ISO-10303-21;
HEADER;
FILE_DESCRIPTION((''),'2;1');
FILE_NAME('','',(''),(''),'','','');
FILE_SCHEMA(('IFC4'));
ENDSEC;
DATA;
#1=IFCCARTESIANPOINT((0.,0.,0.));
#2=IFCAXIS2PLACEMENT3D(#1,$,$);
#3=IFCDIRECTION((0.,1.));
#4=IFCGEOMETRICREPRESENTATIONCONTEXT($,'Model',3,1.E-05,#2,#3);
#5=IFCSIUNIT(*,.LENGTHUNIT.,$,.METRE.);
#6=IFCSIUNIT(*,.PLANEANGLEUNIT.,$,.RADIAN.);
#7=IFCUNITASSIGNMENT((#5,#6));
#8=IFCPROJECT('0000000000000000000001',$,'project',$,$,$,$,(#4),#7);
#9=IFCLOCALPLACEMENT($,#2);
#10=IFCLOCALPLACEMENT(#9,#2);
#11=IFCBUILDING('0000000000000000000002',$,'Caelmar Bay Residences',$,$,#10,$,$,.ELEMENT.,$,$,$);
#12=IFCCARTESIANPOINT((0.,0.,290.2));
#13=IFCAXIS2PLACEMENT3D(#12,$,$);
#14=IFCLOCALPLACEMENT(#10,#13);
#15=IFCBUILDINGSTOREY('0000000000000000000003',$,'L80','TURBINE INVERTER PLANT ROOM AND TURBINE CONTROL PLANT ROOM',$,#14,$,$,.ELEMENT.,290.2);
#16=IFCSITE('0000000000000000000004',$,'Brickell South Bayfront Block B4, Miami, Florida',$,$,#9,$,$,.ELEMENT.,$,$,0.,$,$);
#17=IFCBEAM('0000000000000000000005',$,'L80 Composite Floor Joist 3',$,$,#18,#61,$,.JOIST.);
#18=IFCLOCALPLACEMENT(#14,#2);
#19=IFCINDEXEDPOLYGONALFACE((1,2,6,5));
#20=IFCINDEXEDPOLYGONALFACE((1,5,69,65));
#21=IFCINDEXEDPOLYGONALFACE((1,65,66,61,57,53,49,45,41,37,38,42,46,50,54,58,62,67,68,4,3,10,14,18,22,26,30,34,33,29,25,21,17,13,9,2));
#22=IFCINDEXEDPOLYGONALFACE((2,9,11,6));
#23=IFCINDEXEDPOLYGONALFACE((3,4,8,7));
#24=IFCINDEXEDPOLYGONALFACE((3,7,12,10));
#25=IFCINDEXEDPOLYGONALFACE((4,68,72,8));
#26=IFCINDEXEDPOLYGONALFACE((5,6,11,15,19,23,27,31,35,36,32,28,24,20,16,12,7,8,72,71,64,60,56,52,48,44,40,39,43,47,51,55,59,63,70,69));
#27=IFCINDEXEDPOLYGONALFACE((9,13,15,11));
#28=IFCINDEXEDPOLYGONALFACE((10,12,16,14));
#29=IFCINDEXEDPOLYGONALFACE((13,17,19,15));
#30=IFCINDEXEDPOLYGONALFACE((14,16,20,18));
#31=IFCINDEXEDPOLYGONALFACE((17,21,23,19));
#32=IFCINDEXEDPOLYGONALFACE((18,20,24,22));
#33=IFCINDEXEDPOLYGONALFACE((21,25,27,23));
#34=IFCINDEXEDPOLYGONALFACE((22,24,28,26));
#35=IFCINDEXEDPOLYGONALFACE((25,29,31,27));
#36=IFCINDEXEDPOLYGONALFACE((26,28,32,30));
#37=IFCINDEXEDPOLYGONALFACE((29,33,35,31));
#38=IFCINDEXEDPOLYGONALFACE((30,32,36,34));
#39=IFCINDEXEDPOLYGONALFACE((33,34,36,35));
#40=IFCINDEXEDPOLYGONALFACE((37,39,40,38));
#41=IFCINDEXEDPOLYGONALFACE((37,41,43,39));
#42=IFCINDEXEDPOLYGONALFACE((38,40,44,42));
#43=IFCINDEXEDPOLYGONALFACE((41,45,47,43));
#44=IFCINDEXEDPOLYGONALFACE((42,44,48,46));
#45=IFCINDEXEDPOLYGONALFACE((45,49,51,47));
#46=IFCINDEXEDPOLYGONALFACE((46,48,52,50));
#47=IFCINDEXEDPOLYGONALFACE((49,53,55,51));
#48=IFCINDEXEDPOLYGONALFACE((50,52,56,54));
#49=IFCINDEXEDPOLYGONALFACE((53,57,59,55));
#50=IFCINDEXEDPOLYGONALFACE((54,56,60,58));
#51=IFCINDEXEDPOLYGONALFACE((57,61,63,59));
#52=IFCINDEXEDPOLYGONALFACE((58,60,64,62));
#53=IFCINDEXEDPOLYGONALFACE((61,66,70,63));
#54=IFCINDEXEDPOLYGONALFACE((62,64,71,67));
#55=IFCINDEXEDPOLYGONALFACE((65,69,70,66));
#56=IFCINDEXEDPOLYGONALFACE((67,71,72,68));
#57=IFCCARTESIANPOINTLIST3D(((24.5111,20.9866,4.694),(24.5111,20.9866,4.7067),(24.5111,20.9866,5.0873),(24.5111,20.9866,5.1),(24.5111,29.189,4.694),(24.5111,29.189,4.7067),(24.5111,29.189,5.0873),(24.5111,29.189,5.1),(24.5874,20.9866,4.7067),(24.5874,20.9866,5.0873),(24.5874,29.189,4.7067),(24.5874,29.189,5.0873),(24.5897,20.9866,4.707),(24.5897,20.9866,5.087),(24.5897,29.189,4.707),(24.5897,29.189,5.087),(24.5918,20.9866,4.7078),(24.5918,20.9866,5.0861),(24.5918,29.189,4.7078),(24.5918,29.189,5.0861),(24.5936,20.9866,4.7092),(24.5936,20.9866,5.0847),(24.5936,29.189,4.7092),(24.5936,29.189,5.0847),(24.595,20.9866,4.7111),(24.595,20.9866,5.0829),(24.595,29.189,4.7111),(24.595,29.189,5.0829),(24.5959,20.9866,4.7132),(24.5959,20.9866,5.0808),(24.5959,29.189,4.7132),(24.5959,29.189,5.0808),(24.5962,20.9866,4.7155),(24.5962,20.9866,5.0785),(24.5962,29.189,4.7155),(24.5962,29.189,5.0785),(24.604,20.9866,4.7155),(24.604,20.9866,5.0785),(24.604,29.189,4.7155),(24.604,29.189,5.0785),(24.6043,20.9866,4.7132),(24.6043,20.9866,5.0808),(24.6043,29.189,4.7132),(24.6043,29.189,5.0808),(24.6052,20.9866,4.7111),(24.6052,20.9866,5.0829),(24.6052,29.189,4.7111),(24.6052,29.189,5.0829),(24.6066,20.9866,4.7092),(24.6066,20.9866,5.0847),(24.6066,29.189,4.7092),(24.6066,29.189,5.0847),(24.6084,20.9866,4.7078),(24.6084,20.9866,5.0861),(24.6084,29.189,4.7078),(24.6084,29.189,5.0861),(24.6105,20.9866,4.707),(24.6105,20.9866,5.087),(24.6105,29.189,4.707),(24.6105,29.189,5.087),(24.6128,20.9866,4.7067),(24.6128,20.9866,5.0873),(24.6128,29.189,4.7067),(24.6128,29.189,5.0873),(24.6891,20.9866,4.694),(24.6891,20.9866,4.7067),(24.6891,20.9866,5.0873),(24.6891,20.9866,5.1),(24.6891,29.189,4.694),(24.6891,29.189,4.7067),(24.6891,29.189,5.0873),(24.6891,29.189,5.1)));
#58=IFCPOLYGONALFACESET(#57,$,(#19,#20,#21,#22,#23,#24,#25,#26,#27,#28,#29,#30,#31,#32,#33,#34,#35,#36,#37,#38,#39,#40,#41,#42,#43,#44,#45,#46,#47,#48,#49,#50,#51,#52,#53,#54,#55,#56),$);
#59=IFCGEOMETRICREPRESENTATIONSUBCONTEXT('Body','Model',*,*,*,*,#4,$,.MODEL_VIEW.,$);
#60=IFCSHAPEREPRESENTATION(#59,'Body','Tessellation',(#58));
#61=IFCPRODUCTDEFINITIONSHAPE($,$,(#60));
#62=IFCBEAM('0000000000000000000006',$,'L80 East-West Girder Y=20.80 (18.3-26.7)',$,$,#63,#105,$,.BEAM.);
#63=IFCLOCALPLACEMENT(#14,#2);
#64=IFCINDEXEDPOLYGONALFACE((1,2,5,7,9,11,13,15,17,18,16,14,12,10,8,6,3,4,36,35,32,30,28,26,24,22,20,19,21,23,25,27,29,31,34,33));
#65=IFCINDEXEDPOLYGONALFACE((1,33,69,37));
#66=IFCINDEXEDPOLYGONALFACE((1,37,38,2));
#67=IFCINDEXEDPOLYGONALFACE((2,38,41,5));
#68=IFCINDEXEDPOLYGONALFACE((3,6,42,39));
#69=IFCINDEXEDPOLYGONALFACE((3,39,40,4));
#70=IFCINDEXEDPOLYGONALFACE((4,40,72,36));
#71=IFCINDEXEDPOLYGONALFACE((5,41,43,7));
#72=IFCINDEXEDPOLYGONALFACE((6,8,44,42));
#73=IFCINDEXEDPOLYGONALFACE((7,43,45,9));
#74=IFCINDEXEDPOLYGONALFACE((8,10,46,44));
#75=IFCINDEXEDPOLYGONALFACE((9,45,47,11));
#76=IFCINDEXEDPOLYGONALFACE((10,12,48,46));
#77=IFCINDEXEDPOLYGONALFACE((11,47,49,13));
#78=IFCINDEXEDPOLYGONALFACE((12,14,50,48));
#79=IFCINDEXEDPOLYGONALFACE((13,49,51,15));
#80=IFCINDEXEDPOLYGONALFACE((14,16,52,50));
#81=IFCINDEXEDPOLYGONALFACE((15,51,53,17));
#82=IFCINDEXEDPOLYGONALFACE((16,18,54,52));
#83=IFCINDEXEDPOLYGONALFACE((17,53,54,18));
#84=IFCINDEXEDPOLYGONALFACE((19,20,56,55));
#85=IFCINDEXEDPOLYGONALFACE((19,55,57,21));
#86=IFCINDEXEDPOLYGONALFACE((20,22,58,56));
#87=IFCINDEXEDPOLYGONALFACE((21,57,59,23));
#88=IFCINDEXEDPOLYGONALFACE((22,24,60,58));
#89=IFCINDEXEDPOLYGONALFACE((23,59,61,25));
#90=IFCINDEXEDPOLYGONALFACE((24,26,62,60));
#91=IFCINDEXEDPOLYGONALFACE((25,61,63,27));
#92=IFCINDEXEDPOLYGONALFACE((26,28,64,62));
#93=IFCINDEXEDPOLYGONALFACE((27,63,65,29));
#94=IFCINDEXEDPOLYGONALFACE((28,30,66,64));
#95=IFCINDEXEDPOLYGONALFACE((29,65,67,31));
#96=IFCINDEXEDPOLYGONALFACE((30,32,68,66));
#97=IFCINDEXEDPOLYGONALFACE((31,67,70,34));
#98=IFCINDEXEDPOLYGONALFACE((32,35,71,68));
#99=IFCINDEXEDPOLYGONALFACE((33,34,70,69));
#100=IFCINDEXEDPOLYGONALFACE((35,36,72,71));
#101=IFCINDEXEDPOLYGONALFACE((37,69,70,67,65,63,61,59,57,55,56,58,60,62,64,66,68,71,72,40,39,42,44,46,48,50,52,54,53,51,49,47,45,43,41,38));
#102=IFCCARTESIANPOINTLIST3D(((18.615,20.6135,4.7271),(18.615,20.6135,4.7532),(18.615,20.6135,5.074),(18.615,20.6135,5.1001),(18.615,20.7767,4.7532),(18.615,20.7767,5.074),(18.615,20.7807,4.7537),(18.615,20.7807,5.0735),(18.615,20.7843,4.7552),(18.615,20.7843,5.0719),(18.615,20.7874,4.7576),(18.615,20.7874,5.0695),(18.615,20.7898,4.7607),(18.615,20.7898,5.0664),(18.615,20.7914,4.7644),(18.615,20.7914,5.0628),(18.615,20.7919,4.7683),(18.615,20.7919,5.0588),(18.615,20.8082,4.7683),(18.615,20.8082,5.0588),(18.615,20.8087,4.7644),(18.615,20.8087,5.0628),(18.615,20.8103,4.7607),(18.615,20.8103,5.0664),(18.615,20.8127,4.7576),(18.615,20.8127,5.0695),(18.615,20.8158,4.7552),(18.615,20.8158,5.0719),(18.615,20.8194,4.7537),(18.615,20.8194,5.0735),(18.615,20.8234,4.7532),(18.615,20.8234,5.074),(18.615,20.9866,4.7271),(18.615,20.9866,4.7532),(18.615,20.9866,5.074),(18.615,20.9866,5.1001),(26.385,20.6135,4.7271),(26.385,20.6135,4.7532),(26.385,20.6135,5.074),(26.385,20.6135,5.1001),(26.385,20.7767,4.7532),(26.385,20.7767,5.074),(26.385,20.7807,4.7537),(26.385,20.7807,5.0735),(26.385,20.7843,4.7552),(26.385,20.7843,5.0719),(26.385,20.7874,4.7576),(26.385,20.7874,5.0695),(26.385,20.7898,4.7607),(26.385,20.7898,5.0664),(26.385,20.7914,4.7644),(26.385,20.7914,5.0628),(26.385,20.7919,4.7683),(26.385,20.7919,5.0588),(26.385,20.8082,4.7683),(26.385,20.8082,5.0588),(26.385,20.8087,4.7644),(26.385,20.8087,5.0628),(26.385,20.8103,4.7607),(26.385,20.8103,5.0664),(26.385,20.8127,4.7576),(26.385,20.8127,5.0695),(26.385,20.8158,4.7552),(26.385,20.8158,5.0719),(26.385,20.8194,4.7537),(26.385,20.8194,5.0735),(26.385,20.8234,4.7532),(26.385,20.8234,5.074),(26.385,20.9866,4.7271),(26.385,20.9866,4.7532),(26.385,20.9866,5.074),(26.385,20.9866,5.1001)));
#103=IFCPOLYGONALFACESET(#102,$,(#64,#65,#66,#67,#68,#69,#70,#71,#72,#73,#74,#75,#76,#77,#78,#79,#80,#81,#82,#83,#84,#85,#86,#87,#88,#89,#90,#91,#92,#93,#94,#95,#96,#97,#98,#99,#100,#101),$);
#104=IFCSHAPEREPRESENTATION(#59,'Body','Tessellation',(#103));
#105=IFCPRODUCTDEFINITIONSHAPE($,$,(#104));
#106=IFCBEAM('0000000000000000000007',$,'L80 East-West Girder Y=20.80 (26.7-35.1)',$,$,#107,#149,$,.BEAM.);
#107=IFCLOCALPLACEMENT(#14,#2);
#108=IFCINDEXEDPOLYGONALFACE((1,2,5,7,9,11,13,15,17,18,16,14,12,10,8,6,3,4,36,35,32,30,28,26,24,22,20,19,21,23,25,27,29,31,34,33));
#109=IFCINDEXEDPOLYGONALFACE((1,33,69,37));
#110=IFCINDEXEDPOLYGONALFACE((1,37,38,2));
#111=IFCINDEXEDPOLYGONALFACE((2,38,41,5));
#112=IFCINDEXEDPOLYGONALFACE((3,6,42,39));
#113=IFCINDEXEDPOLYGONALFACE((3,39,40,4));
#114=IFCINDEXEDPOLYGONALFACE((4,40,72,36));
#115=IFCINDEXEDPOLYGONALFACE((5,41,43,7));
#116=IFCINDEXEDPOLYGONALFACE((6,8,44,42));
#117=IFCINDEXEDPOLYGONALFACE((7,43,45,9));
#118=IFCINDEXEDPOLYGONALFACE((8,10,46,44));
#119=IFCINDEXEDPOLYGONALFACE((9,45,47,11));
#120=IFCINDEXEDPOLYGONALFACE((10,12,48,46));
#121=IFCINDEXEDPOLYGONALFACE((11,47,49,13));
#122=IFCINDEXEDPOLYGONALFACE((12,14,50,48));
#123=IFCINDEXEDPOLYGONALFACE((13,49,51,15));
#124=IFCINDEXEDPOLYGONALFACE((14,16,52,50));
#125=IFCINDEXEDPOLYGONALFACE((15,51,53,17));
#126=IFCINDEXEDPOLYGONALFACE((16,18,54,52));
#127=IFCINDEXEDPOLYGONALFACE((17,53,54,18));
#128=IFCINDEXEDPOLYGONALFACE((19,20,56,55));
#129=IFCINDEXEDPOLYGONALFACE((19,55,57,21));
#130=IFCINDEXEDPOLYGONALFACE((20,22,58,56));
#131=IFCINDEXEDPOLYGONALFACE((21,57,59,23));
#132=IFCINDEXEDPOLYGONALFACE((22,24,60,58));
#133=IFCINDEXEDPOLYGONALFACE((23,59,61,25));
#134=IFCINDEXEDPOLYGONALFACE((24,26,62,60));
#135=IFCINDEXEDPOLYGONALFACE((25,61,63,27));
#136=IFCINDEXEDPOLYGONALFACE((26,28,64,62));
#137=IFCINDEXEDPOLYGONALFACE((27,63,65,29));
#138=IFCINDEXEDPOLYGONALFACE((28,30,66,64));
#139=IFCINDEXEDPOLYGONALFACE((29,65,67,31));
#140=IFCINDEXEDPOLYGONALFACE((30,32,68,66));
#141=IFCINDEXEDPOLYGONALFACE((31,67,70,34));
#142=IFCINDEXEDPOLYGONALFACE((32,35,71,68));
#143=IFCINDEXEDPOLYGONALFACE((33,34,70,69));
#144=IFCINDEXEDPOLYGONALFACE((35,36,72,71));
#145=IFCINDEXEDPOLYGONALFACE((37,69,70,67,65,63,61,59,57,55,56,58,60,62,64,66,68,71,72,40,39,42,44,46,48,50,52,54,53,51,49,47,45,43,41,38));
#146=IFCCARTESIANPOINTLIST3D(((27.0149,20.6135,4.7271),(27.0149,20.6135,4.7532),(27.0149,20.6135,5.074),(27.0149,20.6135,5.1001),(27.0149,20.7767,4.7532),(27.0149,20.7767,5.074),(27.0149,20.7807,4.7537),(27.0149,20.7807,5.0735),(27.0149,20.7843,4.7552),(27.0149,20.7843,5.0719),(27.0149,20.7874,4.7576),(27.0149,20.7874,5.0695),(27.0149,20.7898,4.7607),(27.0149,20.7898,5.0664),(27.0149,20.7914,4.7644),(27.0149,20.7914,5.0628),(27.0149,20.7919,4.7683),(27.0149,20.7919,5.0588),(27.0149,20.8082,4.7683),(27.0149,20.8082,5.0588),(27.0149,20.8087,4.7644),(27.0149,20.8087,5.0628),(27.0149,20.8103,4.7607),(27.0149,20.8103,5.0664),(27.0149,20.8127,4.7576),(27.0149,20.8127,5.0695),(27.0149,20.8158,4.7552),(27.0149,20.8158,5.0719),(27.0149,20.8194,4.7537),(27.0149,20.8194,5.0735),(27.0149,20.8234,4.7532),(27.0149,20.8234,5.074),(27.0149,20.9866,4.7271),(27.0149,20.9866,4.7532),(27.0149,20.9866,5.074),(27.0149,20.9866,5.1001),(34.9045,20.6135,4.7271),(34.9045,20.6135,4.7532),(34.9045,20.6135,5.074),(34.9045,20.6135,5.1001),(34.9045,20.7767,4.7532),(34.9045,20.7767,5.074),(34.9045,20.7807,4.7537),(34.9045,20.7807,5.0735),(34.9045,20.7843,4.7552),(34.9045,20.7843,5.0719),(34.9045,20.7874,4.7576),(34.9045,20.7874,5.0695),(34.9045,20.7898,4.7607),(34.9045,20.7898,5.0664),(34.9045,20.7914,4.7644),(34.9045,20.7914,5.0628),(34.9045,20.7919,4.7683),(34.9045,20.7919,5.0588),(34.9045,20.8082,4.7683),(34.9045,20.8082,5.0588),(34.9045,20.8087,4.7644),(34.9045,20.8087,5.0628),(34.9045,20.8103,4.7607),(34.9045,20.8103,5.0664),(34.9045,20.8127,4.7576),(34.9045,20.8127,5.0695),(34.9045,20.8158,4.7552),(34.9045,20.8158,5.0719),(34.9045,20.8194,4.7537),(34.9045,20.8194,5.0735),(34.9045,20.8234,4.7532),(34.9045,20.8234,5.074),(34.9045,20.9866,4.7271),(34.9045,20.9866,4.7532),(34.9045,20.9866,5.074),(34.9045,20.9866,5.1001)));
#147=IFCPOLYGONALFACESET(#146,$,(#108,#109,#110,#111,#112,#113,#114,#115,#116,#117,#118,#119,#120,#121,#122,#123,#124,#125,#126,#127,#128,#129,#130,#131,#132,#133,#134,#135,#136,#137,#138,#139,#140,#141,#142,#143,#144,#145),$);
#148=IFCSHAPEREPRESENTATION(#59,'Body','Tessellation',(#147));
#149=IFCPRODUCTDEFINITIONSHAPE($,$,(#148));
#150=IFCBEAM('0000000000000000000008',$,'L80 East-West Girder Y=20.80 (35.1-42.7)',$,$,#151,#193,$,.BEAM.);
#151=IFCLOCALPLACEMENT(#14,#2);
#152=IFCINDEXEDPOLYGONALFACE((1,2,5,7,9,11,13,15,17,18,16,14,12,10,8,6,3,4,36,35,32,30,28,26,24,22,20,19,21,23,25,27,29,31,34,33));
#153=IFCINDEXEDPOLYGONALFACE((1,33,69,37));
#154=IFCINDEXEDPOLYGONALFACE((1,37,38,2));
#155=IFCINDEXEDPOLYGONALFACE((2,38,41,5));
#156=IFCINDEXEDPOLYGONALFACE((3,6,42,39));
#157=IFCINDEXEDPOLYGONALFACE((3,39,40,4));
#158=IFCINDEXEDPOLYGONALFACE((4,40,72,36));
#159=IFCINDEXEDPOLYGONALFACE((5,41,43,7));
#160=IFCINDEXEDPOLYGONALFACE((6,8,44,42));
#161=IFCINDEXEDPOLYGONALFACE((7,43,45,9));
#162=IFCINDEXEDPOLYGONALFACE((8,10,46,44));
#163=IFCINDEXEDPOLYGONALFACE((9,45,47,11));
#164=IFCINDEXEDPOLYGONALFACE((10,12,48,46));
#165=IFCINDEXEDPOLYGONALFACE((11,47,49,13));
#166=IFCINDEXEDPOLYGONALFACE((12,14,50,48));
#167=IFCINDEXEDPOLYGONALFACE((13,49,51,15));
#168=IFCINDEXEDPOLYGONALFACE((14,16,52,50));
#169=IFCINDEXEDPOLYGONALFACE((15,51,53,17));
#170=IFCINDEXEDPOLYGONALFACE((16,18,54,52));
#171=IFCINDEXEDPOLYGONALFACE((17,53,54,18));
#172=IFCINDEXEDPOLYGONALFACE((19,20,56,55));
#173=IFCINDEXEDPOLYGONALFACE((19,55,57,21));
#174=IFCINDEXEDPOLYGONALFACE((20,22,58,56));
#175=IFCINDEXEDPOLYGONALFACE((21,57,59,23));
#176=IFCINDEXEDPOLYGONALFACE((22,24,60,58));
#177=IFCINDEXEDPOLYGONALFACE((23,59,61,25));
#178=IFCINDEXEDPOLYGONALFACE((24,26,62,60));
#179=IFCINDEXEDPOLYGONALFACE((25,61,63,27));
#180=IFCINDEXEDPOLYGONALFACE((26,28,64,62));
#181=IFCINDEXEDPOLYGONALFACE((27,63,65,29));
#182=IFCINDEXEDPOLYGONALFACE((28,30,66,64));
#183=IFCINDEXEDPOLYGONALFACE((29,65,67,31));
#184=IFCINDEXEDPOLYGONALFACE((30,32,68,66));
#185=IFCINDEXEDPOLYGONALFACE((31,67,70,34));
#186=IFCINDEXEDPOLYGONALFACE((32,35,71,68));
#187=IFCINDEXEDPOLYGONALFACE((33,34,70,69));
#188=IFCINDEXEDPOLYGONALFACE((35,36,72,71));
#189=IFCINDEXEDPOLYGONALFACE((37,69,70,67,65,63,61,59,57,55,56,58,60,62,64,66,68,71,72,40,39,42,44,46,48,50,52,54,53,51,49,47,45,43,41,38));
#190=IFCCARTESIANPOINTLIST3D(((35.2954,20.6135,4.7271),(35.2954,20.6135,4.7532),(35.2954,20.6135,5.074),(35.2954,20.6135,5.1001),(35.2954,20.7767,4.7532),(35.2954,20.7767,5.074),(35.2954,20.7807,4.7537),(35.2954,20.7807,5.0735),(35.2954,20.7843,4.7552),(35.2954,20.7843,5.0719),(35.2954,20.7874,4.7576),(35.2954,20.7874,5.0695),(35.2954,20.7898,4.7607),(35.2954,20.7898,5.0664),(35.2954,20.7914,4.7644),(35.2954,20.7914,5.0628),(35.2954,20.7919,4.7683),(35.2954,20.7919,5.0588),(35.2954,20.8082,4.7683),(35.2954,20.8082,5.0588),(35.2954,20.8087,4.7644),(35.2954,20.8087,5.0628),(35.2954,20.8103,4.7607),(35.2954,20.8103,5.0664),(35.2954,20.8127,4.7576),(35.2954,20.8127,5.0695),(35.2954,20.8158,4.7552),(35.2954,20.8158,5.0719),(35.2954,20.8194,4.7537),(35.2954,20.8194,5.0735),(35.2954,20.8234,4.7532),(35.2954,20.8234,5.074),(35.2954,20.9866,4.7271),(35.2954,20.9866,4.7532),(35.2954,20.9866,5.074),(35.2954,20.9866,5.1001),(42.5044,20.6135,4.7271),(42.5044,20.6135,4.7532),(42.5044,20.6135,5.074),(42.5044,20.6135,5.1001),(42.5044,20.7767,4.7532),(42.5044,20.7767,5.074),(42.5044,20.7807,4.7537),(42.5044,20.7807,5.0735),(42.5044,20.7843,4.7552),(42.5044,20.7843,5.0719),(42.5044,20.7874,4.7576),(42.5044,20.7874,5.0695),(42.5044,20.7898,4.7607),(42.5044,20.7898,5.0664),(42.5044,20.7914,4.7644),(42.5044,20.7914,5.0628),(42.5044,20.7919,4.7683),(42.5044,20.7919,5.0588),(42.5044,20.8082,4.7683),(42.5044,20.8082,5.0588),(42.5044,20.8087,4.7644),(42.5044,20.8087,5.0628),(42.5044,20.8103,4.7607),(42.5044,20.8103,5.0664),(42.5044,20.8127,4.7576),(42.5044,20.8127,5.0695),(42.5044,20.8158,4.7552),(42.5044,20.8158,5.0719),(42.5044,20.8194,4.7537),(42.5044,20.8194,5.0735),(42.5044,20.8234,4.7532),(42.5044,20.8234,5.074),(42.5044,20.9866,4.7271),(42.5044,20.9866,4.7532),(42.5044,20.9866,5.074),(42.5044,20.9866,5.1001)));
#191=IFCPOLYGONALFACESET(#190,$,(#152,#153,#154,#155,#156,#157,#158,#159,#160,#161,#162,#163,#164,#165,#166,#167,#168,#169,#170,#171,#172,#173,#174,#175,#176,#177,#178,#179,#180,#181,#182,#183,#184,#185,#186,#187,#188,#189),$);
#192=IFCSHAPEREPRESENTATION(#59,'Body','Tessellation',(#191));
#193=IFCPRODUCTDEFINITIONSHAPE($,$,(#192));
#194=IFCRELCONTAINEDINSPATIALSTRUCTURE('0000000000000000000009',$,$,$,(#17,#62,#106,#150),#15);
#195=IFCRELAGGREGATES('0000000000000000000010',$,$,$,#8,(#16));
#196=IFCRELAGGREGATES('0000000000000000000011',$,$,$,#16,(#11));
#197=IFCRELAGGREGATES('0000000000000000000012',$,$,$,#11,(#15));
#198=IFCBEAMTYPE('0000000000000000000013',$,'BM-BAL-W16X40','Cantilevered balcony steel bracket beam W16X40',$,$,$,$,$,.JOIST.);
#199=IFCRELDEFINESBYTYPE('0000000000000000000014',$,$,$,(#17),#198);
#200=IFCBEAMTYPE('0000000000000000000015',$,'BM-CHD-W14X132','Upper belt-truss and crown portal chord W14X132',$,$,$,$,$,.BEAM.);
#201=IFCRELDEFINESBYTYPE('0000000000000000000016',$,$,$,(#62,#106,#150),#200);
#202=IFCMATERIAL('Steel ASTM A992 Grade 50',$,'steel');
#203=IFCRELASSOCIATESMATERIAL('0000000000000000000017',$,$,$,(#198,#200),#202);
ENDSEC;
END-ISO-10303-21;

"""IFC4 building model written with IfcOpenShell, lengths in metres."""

from ifc_helpers import new_model, si_unit, direction, frame, origin, origin_2d, place, context, subcontext, project, spatial, i_section, extrude, material, material_profile, profile_set, type_object, element, save


model = new_model("IFC4")

# Units and contexts
model_context = context("Model", 3, precision=1e-05, world=origin(), true_north=direction((0.0, 1.0)))
body_context = subcontext(model_context, "Body", "Model", "MODEL_VIEW")
ifc_project = project(units=[si_unit("LENGTHUNIT", "METRE"), si_unit("PLANEANGLEUNIT", "RADIAN")], contexts=[model_context])

# Site, building, storey
site_placement = place(None, origin())
site = spatial("IfcSite", under=ifc_project, at=site_placement, Name="Brickell South Bayfront Block B4, Miami, Florida", CompositionType="ELEMENT", RefElevation=0.0)
building_placement = place(site_placement, origin())
building = spatial("IfcBuilding", under=site, at=building_placement, Name="Caelmar Bay Residences", CompositionType="ELEMENT")
storey_placement = place(building_placement, frame((0.0, 0.0, 290.2)))
storey = spatial("IfcBuildingStorey", under=building, at=storey_placement, Name="L80", Description="TURBINE INVERTER PLANT ROOM AND TURBINE CONTROL PLANT ROOM", CompositionType="ELEMENT", Elevation=290.2)

# Shared definitions
ifc_material_1 = material(Name="Steel ASTM A992 Grade 50", Category="steel")

# Beams
ifc_material_profile_1 = material_profile(ifc_material_1, i_section(OverallWidth=0.178, OverallDepth=0.406, WebThickness=0.0078, FlangeThickness=0.0127, FilletRadius=0.0088, at=origin_2d()), Name="W16X40")
ifc_profile_set_1 = profile_set([ifc_material_profile_1], Name="Steel ASTM A992 Grade 50")
beam_type_1 = type_object("IfcBeamType", Name="BM-BAL-W16X40", Description="Cantilevered balcony steel bracket beam W16X40", PredefinedType="JOIST", material=ifc_profile_set_1)
for number, where, z_axis, x_axis, name in (
    (1, (24.6001, 20.9866, 4.897), (0.0, 1.0, 0.0), (-1.0, 0.0, 0.0), "L80 Composite Floor Joist 3"),
):
    element("IfcBeam", number, at=place(storey_placement, frame(where, z_axis=z_axis, x_axis=x_axis)), inside=storey, type_object=beam_type_1, Name=name, PredefinedType="JOIST", context=body_context, shape_type="SweptSolid", body=[
        extrude(i_section(OverallWidth=0.178, OverallDepth=0.406, WebThickness=0.0078, FlangeThickness=0.0127, FilletRadius=0.0088, at=origin_2d()), origin(), (0.0, 0.0, 1.0), 8.2024),
    ])
ifc_material_profile_2 = material_profile(ifc_material_1, i_section(OverallWidth=0.373, OverallDepth=0.373, WebThickness=0.0164, FlangeThickness=0.0261, FilletRadius=0.0151, at=origin_2d()), Name="W14X132")
ifc_profile_set_2 = profile_set([ifc_material_profile_2], Name="Steel ASTM A992 Grade 50")
beam_type_2 = type_object("IfcBeamType", Name="BM-CHD-W14X132", Description="Upper belt-truss and crown portal chord W14X132", PredefinedType="BEAM", material=ifc_profile_set_2)
beam_1_placement = place(storey_placement, frame((18.615, 20.8, 4.9136), z_axis=(1.0, 0.0, 0.0), x_axis=(0.0, 1.0, 0.0)))
element("IfcBeam", 2, at=beam_1_placement, inside=storey, type_object=beam_type_2, Name="L80 East-West Girder Y=20.80 (18.3-26.7)", PredefinedType="BEAM", context=body_context, shape_type="SweptSolid", body=[
    extrude(i_section(OverallWidth=0.373, OverallDepth=0.373, WebThickness=0.0164, FlangeThickness=0.0261, FilletRadius=0.0151, at=origin_2d()), origin(), (0.0, 0.0, 1.0), 7.77),
])
beam_2_placement = place(storey_placement, frame((27.0149, 20.8, 4.9136), z_axis=(1.0, 0.0, 0.0), x_axis=(0.0, 1.0, 0.0)))
element("IfcBeam", 3, at=beam_2_placement, inside=storey, type_object=beam_type_2, Name="L80 East-West Girder Y=20.80 (26.7-35.1)", PredefinedType="BEAM", context=body_context, shape_type="SweptSolid", body=[
    extrude(i_section(OverallWidth=0.373, OverallDepth=0.373, WebThickness=0.0164, FlangeThickness=0.0261, FilletRadius=0.0151, at=origin_2d()), origin(), (0.0, 0.0, 1.0), 7.8896),
])
beam_3_placement = place(storey_placement, frame((35.2954, 20.8, 4.9136), z_axis=(1.0, 0.0, 0.0), x_axis=(0.0, 1.0, 0.0)))
element("IfcBeam", 4, at=beam_3_placement, inside=storey, type_object=beam_type_2, Name="L80 East-West Girder Y=20.80 (35.1-42.7)", PredefinedType="BEAM", context=body_context, shape_type="SweptSolid", body=[
    extrude(i_section(OverallWidth=0.373, OverallDepth=0.373, WebThickness=0.0164, FlangeThickness=0.0261, FilletRadius=0.0151, at=origin_2d()), origin(), (0.0, 0.0, 1.0), 7.209),
])

save(model, "model.ifc")
